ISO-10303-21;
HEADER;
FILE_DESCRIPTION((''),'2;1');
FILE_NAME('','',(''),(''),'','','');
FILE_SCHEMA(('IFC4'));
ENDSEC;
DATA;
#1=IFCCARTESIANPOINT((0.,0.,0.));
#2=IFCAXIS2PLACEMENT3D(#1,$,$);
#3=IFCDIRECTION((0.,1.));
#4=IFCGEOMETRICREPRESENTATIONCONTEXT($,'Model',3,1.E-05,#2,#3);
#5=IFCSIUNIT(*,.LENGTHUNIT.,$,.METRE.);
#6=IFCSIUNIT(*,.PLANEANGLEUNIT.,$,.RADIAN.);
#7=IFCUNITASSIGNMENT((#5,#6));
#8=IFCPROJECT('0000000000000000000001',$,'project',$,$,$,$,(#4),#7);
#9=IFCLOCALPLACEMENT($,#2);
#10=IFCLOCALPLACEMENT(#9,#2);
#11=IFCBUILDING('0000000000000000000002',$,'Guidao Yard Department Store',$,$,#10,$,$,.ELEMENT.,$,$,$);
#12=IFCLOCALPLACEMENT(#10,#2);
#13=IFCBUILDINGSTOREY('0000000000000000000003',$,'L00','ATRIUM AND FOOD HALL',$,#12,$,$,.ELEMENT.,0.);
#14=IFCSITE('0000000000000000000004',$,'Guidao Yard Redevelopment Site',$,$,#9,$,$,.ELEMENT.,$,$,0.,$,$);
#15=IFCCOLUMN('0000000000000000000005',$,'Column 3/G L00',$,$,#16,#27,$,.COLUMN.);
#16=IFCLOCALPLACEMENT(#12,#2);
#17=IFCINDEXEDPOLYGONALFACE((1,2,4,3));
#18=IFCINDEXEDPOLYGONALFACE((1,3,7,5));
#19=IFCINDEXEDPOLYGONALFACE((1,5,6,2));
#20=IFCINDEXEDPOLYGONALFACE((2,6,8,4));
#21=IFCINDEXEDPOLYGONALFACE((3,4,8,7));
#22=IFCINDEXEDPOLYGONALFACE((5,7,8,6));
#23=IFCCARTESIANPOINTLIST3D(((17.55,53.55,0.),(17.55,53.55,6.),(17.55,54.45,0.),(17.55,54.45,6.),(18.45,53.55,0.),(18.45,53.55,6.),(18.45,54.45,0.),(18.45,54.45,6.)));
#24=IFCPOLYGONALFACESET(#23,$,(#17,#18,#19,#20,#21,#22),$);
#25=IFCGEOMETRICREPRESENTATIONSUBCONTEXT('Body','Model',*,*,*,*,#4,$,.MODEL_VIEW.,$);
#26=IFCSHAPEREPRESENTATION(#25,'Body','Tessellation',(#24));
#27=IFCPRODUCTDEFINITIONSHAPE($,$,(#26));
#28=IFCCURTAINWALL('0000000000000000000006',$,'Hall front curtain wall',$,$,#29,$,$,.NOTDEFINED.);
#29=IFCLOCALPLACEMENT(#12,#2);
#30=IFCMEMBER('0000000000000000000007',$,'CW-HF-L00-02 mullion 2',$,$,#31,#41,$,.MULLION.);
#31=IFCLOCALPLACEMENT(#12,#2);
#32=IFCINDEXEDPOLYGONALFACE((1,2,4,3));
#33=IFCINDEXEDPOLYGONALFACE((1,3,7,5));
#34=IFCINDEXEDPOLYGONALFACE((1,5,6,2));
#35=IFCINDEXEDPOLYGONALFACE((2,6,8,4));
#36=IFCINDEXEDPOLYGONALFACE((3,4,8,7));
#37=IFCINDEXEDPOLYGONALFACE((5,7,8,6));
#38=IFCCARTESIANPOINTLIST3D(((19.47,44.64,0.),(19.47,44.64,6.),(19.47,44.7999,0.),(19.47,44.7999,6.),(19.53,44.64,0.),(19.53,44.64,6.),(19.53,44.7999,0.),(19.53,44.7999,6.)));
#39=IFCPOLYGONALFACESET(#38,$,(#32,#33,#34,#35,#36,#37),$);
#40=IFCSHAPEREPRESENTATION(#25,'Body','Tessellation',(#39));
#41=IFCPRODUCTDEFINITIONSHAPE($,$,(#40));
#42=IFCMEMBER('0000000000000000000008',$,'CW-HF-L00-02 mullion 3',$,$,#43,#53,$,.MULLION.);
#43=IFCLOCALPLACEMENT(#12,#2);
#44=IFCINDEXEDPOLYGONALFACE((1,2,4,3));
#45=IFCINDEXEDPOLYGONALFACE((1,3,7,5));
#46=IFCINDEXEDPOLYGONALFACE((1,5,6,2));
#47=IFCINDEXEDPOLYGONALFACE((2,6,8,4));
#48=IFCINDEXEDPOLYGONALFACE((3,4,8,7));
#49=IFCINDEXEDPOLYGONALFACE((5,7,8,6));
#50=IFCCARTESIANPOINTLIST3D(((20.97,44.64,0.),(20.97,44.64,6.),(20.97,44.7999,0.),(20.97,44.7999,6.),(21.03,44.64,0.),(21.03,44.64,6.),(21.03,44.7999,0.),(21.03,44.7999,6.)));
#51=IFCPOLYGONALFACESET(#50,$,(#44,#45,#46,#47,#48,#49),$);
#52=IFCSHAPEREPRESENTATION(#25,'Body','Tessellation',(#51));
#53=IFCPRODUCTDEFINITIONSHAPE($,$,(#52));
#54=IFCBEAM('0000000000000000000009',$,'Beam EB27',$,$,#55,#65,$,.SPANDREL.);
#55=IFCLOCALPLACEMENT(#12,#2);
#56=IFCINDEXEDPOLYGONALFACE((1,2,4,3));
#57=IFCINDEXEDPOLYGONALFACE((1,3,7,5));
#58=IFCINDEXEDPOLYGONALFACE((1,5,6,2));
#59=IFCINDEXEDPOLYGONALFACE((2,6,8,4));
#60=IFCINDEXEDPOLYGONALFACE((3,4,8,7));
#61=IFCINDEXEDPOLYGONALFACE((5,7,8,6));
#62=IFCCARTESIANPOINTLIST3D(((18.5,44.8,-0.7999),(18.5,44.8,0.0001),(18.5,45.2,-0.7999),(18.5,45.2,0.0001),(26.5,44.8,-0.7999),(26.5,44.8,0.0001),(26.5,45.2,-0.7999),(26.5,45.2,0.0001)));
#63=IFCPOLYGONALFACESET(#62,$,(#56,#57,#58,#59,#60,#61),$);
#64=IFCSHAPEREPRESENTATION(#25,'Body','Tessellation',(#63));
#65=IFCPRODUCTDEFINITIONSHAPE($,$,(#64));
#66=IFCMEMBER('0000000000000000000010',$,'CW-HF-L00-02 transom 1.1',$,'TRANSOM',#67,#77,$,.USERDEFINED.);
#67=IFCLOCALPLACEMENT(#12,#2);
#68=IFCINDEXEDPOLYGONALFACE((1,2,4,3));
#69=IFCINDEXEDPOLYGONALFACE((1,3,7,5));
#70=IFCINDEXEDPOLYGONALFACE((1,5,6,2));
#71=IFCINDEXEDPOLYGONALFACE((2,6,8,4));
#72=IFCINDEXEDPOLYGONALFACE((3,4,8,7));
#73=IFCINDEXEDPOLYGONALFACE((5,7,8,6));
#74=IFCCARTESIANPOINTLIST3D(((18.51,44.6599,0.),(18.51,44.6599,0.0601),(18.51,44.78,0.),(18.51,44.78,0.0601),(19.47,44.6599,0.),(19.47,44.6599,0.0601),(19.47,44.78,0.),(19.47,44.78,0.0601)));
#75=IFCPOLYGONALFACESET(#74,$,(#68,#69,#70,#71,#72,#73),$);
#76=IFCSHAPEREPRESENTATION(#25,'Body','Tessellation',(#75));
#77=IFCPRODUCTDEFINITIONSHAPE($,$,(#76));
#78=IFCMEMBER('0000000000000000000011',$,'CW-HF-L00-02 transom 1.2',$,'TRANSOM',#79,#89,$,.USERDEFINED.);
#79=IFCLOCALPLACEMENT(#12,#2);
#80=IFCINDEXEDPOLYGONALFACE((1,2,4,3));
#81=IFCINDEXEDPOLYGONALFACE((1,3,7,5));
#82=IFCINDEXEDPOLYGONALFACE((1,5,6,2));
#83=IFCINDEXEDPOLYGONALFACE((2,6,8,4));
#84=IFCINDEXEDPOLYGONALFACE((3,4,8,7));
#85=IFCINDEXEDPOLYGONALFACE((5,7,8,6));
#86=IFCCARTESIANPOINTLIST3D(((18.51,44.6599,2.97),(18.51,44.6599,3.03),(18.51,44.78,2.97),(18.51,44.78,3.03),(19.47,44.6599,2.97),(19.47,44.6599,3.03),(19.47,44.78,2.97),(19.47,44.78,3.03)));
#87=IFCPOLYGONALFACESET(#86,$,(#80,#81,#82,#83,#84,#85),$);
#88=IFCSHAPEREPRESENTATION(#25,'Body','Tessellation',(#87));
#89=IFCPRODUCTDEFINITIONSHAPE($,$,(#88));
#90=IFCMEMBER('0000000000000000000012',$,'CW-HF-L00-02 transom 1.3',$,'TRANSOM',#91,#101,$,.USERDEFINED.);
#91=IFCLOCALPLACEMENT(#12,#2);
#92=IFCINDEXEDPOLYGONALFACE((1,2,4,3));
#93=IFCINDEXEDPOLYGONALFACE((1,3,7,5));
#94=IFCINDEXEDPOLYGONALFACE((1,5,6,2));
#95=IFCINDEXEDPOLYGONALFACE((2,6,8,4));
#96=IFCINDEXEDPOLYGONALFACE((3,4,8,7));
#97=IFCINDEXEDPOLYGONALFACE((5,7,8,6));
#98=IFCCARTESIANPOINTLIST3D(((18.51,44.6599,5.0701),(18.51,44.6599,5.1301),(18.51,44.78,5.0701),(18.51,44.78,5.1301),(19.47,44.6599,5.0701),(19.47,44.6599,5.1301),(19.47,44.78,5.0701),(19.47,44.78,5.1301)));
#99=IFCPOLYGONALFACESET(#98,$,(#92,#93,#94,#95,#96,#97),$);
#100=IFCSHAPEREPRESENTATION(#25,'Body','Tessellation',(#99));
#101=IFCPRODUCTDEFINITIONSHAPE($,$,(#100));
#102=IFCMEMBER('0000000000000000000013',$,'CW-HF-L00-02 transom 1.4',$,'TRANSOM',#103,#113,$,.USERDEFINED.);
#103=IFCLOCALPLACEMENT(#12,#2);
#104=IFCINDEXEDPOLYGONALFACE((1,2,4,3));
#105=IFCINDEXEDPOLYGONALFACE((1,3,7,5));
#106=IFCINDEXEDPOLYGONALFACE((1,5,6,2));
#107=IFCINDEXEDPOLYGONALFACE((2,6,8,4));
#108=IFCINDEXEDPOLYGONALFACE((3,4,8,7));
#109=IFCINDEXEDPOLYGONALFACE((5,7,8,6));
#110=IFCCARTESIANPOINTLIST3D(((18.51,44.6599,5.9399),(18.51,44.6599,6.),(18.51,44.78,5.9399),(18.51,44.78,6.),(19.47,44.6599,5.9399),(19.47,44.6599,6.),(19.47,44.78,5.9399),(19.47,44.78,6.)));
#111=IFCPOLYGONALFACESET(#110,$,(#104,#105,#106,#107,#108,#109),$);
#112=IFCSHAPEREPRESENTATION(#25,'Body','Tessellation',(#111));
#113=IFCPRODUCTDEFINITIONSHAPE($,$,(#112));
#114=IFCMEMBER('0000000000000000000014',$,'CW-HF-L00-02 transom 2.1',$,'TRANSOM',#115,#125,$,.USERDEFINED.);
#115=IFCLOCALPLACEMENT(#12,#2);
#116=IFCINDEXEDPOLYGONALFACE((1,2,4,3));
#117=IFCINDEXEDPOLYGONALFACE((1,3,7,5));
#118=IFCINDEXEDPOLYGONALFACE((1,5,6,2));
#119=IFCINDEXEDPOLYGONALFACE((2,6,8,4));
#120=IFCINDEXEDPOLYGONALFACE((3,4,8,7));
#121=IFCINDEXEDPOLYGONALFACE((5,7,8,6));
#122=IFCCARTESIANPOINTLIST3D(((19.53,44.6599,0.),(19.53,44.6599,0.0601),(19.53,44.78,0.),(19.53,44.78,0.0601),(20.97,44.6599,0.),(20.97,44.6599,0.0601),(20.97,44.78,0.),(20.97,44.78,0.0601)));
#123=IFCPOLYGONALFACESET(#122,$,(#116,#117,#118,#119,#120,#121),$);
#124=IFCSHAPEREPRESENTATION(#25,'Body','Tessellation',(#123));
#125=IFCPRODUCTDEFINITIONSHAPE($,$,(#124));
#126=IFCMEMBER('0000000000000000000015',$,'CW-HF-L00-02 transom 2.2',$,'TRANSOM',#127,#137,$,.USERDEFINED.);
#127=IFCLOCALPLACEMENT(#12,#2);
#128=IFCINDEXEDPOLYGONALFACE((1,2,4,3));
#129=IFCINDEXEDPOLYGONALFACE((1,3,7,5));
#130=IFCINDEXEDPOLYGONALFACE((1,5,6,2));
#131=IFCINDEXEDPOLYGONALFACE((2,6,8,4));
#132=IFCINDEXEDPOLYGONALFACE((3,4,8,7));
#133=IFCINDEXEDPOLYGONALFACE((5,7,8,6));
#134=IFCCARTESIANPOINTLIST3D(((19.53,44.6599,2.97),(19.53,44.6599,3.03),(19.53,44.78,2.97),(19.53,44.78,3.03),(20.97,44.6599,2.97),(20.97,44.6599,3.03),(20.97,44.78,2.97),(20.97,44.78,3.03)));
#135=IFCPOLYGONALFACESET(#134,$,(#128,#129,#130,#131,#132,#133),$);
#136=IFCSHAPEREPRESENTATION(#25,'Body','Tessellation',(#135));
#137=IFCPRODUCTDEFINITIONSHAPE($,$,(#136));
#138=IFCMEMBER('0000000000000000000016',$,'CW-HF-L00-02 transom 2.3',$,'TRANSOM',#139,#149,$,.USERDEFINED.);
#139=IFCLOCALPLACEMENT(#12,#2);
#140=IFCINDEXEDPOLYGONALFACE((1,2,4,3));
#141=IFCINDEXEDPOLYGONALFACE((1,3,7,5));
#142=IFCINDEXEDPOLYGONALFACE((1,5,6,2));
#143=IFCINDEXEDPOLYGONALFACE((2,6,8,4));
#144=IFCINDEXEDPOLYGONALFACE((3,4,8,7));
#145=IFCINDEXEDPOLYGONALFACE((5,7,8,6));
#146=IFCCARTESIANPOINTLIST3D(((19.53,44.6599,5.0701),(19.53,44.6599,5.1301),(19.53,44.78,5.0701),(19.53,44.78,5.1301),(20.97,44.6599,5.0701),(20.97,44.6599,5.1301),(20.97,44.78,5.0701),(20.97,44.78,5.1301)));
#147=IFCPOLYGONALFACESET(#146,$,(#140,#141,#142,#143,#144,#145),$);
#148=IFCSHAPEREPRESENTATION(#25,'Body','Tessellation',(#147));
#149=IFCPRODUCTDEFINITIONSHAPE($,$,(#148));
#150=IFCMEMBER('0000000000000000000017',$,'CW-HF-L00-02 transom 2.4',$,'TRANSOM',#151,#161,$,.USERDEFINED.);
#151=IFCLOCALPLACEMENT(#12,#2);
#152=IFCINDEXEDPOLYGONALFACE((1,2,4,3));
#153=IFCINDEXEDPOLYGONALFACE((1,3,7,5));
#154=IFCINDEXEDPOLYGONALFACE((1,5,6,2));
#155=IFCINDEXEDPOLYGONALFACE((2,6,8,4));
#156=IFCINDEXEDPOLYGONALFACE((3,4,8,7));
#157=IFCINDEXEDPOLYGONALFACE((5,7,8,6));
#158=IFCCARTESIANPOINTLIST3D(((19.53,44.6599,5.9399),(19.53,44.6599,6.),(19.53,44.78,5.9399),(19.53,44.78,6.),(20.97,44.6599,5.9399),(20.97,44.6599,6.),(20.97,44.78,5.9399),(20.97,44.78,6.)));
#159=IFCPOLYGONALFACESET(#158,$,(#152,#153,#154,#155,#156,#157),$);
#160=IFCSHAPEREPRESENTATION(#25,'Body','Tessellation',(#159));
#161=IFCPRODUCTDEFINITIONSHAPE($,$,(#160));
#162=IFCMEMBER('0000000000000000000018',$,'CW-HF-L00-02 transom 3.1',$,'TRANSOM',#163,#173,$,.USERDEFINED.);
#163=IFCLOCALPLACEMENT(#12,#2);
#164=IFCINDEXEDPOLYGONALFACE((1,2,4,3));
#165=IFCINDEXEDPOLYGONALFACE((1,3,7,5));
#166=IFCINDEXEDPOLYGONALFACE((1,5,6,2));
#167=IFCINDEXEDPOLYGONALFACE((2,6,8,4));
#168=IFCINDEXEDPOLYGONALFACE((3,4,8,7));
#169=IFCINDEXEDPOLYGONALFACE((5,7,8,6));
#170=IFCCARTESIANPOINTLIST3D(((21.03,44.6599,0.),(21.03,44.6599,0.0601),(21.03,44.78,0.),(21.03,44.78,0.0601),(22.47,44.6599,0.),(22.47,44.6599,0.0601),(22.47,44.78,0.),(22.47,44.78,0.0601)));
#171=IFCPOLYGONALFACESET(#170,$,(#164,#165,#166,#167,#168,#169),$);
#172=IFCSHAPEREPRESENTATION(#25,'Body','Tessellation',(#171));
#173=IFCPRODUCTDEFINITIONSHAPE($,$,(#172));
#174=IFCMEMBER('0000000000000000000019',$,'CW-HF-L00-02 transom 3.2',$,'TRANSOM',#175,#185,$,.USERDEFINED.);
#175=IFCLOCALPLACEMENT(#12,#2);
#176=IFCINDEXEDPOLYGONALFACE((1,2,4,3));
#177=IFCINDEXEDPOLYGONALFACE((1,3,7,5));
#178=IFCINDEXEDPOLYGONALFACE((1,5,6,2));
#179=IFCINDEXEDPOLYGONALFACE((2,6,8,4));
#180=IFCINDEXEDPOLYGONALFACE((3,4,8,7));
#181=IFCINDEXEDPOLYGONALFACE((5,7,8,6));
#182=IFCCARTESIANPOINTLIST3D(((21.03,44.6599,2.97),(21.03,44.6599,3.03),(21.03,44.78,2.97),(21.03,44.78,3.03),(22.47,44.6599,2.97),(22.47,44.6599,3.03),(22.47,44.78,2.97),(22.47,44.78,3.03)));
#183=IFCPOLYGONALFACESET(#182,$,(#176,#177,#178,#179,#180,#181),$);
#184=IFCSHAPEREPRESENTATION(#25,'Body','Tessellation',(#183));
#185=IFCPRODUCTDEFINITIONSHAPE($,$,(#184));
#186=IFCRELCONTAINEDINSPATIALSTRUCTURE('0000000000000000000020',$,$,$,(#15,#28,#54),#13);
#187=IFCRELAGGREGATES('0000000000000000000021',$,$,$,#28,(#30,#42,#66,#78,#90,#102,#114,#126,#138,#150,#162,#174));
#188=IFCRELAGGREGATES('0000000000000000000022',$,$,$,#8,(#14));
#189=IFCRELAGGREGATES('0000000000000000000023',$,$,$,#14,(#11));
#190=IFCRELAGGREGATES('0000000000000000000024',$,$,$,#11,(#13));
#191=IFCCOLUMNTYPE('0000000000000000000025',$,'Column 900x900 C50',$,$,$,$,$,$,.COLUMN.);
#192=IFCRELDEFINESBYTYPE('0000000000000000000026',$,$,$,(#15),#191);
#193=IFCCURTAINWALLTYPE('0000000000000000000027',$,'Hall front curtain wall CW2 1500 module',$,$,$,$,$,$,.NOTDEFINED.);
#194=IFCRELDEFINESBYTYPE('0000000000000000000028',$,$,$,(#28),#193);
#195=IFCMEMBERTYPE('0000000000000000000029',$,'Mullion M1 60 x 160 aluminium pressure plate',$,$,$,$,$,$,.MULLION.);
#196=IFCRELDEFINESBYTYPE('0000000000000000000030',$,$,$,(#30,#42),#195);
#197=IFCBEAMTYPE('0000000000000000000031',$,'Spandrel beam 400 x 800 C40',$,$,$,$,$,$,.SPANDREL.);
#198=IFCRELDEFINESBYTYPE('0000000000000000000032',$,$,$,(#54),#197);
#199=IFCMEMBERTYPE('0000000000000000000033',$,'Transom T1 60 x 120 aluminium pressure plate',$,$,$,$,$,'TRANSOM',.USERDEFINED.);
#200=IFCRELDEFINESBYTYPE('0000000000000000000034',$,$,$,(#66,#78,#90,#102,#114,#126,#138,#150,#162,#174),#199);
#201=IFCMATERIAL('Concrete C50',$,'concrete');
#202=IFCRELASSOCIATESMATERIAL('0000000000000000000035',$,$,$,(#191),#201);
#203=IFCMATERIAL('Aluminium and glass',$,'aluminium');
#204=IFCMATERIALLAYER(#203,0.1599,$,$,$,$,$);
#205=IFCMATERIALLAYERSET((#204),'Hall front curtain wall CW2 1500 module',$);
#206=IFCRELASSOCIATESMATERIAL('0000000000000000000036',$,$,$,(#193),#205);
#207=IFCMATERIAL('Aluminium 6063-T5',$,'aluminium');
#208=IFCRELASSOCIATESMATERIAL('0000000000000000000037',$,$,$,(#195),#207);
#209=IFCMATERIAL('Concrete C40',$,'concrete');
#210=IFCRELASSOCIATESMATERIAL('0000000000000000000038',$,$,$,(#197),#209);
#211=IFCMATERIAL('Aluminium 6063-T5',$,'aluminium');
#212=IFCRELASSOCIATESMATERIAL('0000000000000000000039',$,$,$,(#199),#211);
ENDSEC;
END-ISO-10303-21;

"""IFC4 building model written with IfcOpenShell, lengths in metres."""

from ifc_helpers import new_model, si_unit, direction, frame, origin, origin_2d, place, context, subcontext, project, spatial, rectangle, extrude, material, layer, layer_set, material_profile, profile_set, type_object, element, aggregate, save


model = new_model("IFC4")

# Units and contexts
model_context = context("Model", 3, precision=1e-05, world=origin(), true_north=direction((0.0, 1.0)))
body_context = subcontext(model_context, "Body", "Model", "MODEL_VIEW")
ifc_project = project(units=[si_unit("LENGTHUNIT", "METRE"), si_unit("PLANEANGLEUNIT", "RADIAN")], contexts=[model_context])

# Site, building, storey
site_placement = place(None, origin())
site = spatial("IfcSite", under=ifc_project, at=site_placement, Name="Guidao Yard Redevelopment Site", CompositionType="ELEMENT", RefElevation=0.0)
building_placement = place(site_placement, origin())
building = spatial("IfcBuilding", under=site, at=building_placement, Name="Guidao Yard Department Store", CompositionType="ELEMENT")
storey_placement = place(building_placement, origin())
storey = spatial("IfcBuildingStorey", under=building, at=storey_placement, Name="L00", Description="ATRIUM AND FOOD HALL", CompositionType="ELEMENT", Elevation=0.0)

# Column
ifc_material_1 = material(Name="Concrete C50", Category="concrete")
ifc_material_profile_1 = material_profile(ifc_material_1, rectangle(XDim=0.8999, YDim=0.8999, at=origin_2d()), Name="COL 900x900")
ifc_profile_set_1 = profile_set([ifc_material_profile_1], Name="Concrete C50")
column_type = type_object("IfcColumnType", Name="Column 900x900 C50", PredefinedType="COLUMN", material=ifc_profile_set_1)
column_placement = place(storey_placement, frame((18.0, 54.0, 0.0), z_axis=(0.0, 0.0, 1.0), x_axis=(1.0, 0.0, 0.0)))
element("IfcColumn", 1, at=column_placement, inside=storey, type_object=column_type, Name="Column 3/G L00", PredefinedType="COLUMN", context=body_context, shape_type="SweptSolid", body=[
    extrude(rectangle(XDim=0.8999, YDim=0.8999, at=origin_2d()), origin(), (0.0, 0.0, 1.0), 6.0),
])

# Curtain wall, members
ifc_material_2 = material(Name="Aluminium and glass", Category="aluminium")
ifc_layer_1 = layer(ifc_material_2, 0.1599)
ifc_layer_set_1 = layer_set([ifc_layer_1], Name="Hall front curtain wall CW2 1500 module")
curtain_wall_type = type_object("IfcCurtainWallType", Name="Hall front curtain wall CW2 1500 module", PredefinedType="NOTDEFINED", material=ifc_layer_set_1)
curtain_wall_placement = place(storey_placement, origin())
curtain_wall = element("IfcCurtainWall", 2, at=curtain_wall_placement, inside=storey, type_object=curtain_wall_type, Name="Hall front curtain wall", PredefinedType="NOTDEFINED")
ifc_material_3 = material(Name="Aluminium 6063-T5", Category="aluminium")
ifc_material_profile_2 = material_profile(ifc_material_3, rectangle(XDim=0.0601, YDim=0.1599, at=origin_2d()), Name="Mullion M1 60 x 160 aluminium pressure plate")
ifc_profile_set_2 = profile_set([ifc_material_profile_2], Name="Aluminium 6063-T5")
member_type_1 = type_object("IfcMemberType", Name="Mullion M1 60 x 160 aluminium pressure plate", PredefinedType="MULLION", material=ifc_profile_set_2)
member_1_placement = place(storey_placement, frame((19.5, 44.72, 0.0), z_axis=(0.0, 0.0, 1.0), x_axis=(-1.0, 0.0, 0.0)))
member_1 = element("IfcMember", 3, at=member_1_placement, type_object=member_type_1, Name="CW-HF-L00-02 mullion 2", PredefinedType="MULLION", context=body_context, shape_type="SweptSolid", body=[
    extrude(rectangle(XDim=0.0601, YDim=0.1599, at=origin_2d()), origin(), (0.0, 0.0, 1.0), 6.0),
])
member_2_placement = place(storey_placement, frame((21.0, 44.72, 0.0), z_axis=(0.0, 0.0, 1.0), x_axis=(-1.0, 0.0, 0.0)))
member_2 = element("IfcMember", 4, at=member_2_placement, type_object=member_type_1, Name="CW-HF-L00-02 mullion 3", PredefinedType="MULLION", context=body_context, shape_type="SweptSolid", body=[
    extrude(rectangle(XDim=0.0601, YDim=0.1599, at=origin_2d()), origin(), (0.0, 0.0, 1.0), 6.0),
])

# Beam
ifc_material_4 = material(Name="Concrete C40", Category="concrete")
ifc_material_profile_3 = material_profile(ifc_material_4, rectangle(XDim=0.3999, YDim=0.8, at=origin_2d()), Name="Spandrel beam 400 x 800 C40")
ifc_profile_set_3 = profile_set([ifc_material_profile_3], Name="Concrete C40")
beam_type = type_object("IfcBeamType", Name="Spandrel beam 400 x 800 C40", PredefinedType="SPANDREL", material=ifc_profile_set_3)
beam_placement = place(storey_placement, frame((18.5, 45.0, -0.3999), z_axis=(1.0, 0.0, 0.0), x_axis=(0.0, 1.0, 0.0)))
element("IfcBeam", 5, at=beam_placement, inside=storey, type_object=beam_type, Name="Beam EB27", PredefinedType="SPANDREL", context=body_context, shape_type="SweptSolid", body=[
    extrude(rectangle(XDim=0.3999, YDim=0.8, at=origin_2d()), origin(), (0.0, 0.0, 1.0), 8.0),
])

# Members
ifc_material_5 = material(Name="Aluminium 6063-T5", Category="aluminium")
ifc_material_profile_4 = material_profile(ifc_material_5, rectangle(XDim=0.1201, YDim=0.0601, at=origin_2d()), Name="Transom T1 60 x 120 aluminium pressure plate")
ifc_profile_set_4 = profile_set([ifc_material_profile_4], Name="Aluminium 6063-T5")
member_type_2 = type_object("IfcMemberType", Name="Transom T1 60 x 120 aluminium pressure plate", ElementType="TRANSOM", PredefinedType="USERDEFINED", material=ifc_profile_set_4)
member_3_placement = place(storey_placement, frame((19.47, 44.72, 0.03), z_axis=(-1.0, 0.0, 0.0), x_axis=(0.0, -1.0, 0.0)))
member_3 = element("IfcMember", 6, at=member_3_placement, type_object=member_type_2, Name="CW-HF-L00-02 transom 1.1", ObjectType="TRANSOM", PredefinedType="USERDEFINED", context=body_context, shape_type="SweptSolid", body=[
    extrude(rectangle(XDim=0.1201, YDim=0.0601, at=origin_2d()), origin(), (0.0, 0.0, 1.0), 0.96),
])
member_4_placement = place(storey_placement, frame((19.47, 44.72, 3.0), z_axis=(-1.0, 0.0, 0.0), x_axis=(0.0, -1.0, 0.0)))
member_4 = element("IfcMember", 7, at=member_4_placement, type_object=member_type_2, Name="CW-HF-L00-02 transom 1.2", ObjectType="TRANSOM", PredefinedType="USERDEFINED", context=body_context, shape_type="SweptSolid", body=[
    extrude(rectangle(XDim=0.1201, YDim=0.0601, at=origin_2d()), origin(), (0.0, 0.0, 1.0), 0.96),
])
member_5_placement = place(storey_placement, frame((19.47, 44.72, 5.1001), z_axis=(-1.0, 0.0, 0.0), x_axis=(0.0, -1.0, 0.0)))
member_5 = element("IfcMember", 8, at=member_5_placement, type_object=member_type_2, Name="CW-HF-L00-02 transom 1.3", ObjectType="TRANSOM", PredefinedType="USERDEFINED", context=body_context, shape_type="SweptSolid", body=[
    extrude(rectangle(XDim=0.1201, YDim=0.0601, at=origin_2d()), origin(), (0.0, 0.0, 1.0), 0.96),
])
member_6_placement = place(storey_placement, frame((19.47, 44.72, 5.97), z_axis=(-1.0, 0.0, 0.0), x_axis=(0.0, -1.0, 0.0)))
member_6 = element("IfcMember", 9, at=member_6_placement, type_object=member_type_2, Name="CW-HF-L00-02 transom 1.4", ObjectType="TRANSOM", PredefinedType="USERDEFINED", context=body_context, shape_type="SweptSolid", body=[
    extrude(rectangle(XDim=0.1201, YDim=0.0601, at=origin_2d()), origin(), (0.0, 0.0, 1.0), 0.96),
])
member_7_placement = place(storey_placement, frame((20.97, 44.72, 0.03), z_axis=(-1.0, 0.0, 0.0), x_axis=(0.0, -1.0, 0.0)))
member_7 = element("IfcMember", 10, at=member_7_placement, type_object=member_type_2, Name="CW-HF-L00-02 transom 2.1", ObjectType="TRANSOM", PredefinedType="USERDEFINED", context=body_context, shape_type="SweptSolid", body=[
    extrude(rectangle(XDim=0.1201, YDim=0.0601, at=origin_2d()), origin(), (0.0, 0.0, 1.0), 1.4399),
])
member_8_placement = place(storey_placement, frame((20.97, 44.72, 3.0), z_axis=(-1.0, 0.0, 0.0), x_axis=(0.0, -1.0, 0.0)))
member_8 = element("IfcMember", 11, at=member_8_placement, type_object=member_type_2, Name="CW-HF-L00-02 transom 2.2", ObjectType="TRANSOM", PredefinedType="USERDEFINED", context=body_context, shape_type="SweptSolid", body=[
    extrude(rectangle(XDim=0.1201, YDim=0.0601, at=origin_2d()), origin(), (0.0, 0.0, 1.0), 1.4399),
])
member_9_placement = place(storey_placement, frame((20.97, 44.72, 5.1001), z_axis=(-1.0, 0.0, 0.0), x_axis=(0.0, -1.0, 0.0)))
member_9 = element("IfcMember", 12, at=member_9_placement, type_object=member_type_2, Name="CW-HF-L00-02 transom 2.3", ObjectType="TRANSOM", PredefinedType="USERDEFINED", context=body_context, shape_type="SweptSolid", body=[
    extrude(rectangle(XDim=0.1201, YDim=0.0601, at=origin_2d()), origin(), (0.0, 0.0, 1.0), 1.4399),
])
member_10_placement = place(storey_placement, frame((20.97, 44.72, 5.97), z_axis=(-1.0, 0.0, 0.0), x_axis=(0.0, -1.0, 0.0)))
member_10 = element("IfcMember", 13, at=member_10_placement, type_object=member_type_2, Name="CW-HF-L00-02 transom 2.4", ObjectType="TRANSOM", PredefinedType="USERDEFINED", context=body_context, shape_type="SweptSolid", body=[
    extrude(rectangle(XDim=0.1201, YDim=0.0601, at=origin_2d()), origin(), (0.0, 0.0, 1.0), 1.4399),
])
member_11_placement = place(storey_placement, frame((22.47, 44.72, 0.03), z_axis=(-1.0, 0.0, 0.0), x_axis=(0.0, -1.0, 0.0)))
member_11 = element("IfcMember", 14, at=member_11_placement, type_object=member_type_2, Name="CW-HF-L00-02 transom 3.1", ObjectType="TRANSOM", PredefinedType="USERDEFINED", context=body_context, shape_type="SweptSolid", body=[
    extrude(rectangle(XDim=0.1201, YDim=0.0601, at=origin_2d()), origin(), (0.0, 0.0, 1.0), 1.4399),
])
member_12_placement = place(storey_placement, frame((22.47, 44.72, 3.0), z_axis=(-1.0, 0.0, 0.0), x_axis=(0.0, -1.0, 0.0)))
member_12 = element("IfcMember", 15, at=member_12_placement, type_object=member_type_2, Name="CW-HF-L00-02 transom 3.2", ObjectType="TRANSOM", PredefinedType="USERDEFINED", context=body_context, shape_type="SweptSolid", body=[
    extrude(rectangle(XDim=0.1201, YDim=0.0601, at=origin_2d()), origin(), (0.0, 0.0, 1.0), 1.4399),
])

aggregate(curtain_wall, [member_1, member_2, member_3, member_4, member_5, member_6, member_7, member_8, member_9, member_10, member_11, member_12])

save(model, "model.ifc")
